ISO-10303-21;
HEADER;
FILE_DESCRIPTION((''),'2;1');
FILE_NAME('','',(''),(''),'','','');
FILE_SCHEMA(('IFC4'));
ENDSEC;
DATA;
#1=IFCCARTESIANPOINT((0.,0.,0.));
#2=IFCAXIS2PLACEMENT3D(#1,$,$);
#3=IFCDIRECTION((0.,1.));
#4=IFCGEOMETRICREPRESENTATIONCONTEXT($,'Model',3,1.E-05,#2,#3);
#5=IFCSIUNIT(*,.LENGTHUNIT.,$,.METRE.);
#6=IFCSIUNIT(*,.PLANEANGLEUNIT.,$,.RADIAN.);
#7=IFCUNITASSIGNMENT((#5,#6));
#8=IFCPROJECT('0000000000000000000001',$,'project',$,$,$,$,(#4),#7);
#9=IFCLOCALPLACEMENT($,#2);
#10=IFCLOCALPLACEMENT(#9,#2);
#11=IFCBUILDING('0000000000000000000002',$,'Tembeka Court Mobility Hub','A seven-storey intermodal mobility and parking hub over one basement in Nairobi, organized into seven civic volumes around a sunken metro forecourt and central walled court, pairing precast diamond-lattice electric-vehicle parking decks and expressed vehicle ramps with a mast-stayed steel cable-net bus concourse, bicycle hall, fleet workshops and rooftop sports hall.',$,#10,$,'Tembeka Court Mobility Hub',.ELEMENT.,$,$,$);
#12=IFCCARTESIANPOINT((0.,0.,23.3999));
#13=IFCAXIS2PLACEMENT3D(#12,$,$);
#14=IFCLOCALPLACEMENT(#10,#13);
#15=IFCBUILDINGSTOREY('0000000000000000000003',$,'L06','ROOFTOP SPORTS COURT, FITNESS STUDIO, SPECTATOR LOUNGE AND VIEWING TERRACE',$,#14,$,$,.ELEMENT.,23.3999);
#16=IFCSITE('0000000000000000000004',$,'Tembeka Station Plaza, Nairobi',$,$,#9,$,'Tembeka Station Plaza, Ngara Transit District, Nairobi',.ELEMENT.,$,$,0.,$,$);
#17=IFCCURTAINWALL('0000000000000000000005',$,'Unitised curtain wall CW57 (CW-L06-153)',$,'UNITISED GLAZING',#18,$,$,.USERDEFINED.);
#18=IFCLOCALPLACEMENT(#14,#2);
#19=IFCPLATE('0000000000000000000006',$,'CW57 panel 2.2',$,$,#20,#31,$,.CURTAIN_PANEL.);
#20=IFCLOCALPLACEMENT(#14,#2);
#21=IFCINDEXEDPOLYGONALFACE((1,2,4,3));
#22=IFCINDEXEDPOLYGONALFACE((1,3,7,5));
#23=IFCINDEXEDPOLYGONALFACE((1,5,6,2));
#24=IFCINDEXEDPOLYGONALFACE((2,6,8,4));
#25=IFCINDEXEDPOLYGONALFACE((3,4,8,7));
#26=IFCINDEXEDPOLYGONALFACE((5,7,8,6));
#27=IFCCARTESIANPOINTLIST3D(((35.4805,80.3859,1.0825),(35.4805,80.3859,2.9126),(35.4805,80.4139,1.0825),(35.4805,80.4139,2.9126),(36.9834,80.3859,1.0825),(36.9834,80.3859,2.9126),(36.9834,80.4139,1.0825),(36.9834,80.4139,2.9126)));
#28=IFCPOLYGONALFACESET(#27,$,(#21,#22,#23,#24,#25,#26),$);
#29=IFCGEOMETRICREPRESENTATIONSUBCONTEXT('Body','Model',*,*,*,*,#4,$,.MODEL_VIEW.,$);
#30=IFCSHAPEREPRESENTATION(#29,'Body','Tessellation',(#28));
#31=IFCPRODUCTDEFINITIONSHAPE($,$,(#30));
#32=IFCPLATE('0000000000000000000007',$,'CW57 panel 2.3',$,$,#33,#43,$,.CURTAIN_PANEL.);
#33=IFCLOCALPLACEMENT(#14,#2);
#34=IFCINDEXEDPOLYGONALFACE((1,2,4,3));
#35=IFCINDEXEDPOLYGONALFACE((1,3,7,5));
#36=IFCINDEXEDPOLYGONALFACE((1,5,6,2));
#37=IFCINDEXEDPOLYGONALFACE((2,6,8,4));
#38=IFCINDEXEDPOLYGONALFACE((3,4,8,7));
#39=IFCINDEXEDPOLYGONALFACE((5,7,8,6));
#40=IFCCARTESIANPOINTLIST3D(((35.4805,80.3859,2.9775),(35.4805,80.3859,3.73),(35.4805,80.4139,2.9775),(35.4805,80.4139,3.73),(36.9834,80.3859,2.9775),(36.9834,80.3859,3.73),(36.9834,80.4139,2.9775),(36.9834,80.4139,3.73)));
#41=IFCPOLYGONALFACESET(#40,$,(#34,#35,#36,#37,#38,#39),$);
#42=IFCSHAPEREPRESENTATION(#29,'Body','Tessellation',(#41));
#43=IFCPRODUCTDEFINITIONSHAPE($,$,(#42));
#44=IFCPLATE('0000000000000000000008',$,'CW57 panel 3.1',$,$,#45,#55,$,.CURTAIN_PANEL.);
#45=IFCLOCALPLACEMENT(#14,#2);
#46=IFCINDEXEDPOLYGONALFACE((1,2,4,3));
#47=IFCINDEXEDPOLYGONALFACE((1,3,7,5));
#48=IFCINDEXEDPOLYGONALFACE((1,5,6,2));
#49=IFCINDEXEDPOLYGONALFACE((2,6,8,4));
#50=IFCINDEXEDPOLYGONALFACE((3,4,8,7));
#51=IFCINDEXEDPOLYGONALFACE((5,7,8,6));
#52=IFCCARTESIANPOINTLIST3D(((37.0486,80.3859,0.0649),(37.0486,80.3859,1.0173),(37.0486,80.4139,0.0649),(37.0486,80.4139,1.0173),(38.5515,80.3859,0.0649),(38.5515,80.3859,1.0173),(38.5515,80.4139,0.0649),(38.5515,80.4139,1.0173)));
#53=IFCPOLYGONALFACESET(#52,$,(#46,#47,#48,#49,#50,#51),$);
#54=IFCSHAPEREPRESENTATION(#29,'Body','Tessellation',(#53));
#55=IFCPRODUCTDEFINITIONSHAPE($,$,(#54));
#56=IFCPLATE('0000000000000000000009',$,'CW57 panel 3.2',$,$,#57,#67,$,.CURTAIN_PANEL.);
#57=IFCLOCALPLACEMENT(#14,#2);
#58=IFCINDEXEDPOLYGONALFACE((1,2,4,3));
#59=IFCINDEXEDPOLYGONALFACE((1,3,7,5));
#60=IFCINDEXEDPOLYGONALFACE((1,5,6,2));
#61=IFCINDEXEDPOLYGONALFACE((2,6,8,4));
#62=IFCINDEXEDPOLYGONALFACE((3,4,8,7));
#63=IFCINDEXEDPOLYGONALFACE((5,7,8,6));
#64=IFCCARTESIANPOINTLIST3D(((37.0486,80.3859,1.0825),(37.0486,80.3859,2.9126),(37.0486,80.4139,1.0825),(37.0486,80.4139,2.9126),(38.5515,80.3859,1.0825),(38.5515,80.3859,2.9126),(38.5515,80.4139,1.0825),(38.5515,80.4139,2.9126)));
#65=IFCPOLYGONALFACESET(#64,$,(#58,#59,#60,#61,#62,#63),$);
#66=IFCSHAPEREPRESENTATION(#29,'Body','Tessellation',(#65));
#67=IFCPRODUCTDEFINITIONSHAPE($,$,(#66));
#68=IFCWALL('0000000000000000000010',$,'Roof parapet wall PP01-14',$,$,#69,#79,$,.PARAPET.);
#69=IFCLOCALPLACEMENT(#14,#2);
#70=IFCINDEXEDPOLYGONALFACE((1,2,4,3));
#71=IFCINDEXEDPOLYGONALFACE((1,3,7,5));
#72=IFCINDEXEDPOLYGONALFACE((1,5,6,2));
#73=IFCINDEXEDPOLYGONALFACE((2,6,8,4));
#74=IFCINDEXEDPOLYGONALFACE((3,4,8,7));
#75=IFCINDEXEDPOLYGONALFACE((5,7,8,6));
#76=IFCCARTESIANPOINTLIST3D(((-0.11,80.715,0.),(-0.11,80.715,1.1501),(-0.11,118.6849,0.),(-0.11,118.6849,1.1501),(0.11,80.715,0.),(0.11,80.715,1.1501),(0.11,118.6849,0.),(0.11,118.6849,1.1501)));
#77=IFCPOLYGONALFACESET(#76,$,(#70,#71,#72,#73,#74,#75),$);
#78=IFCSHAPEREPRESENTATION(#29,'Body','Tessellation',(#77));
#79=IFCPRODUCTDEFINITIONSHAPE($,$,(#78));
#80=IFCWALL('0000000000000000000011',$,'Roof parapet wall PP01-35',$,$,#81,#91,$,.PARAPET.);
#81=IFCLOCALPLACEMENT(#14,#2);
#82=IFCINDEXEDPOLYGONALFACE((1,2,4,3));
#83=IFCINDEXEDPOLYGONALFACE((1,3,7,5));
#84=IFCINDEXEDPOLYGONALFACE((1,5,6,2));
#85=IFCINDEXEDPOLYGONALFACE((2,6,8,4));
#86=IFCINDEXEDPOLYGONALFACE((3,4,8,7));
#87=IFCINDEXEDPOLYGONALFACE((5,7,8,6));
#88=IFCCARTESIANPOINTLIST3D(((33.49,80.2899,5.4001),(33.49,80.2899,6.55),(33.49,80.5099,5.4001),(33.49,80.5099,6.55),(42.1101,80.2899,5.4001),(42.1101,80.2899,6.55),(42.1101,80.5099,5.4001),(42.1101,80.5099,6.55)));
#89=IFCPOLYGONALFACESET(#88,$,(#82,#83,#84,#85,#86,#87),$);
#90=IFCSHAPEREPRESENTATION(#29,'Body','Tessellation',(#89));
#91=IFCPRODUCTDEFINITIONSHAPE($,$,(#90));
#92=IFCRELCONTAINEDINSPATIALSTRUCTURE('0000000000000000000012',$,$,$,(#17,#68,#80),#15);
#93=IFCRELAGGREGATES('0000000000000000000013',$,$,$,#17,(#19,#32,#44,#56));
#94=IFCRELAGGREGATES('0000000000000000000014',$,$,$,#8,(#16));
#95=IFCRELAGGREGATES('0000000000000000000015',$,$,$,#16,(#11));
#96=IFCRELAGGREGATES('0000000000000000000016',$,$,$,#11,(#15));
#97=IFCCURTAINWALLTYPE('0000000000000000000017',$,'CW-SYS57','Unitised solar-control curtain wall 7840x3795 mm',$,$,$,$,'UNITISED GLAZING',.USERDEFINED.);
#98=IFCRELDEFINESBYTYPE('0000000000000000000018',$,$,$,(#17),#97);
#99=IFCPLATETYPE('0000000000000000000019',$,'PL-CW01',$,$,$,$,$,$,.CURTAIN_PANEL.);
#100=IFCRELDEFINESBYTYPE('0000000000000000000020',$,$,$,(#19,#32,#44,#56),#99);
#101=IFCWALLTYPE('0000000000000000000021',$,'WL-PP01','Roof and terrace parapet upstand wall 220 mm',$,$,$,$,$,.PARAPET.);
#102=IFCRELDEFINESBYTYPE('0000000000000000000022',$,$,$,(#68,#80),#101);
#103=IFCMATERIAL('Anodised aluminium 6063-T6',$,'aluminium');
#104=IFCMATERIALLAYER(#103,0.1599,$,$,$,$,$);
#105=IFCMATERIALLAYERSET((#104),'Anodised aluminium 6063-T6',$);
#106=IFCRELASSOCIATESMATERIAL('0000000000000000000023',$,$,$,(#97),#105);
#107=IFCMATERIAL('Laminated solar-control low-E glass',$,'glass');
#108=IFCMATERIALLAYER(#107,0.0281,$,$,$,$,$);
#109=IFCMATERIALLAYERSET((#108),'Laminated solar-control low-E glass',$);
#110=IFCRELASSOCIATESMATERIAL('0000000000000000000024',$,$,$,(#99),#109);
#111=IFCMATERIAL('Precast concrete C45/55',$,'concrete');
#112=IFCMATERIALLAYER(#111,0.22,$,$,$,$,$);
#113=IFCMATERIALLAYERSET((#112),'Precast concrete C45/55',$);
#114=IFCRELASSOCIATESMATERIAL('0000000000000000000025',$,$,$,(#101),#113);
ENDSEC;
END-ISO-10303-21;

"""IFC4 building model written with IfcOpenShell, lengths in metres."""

from ifc_helpers import new_model, si_unit, direction, frame, frame_2d, origin, origin_2d, place, context, subcontext, project, spatial, rectangle, extrude, material, layer, layer_set, type_object, element, aggregate, save


model = new_model("IFC4")

# Units and contexts
model_context = context("Model", 3, precision=1e-05, world=origin(), true_north=direction((0.0, 1.0)))
body_context = subcontext(model_context, "Body", "Model", "MODEL_VIEW")
ifc_project = project(units=[si_unit("LENGTHUNIT", "METRE"), si_unit("PLANEANGLEUNIT", "RADIAN")], contexts=[model_context])

# Site, building, storey
site_placement = place(None, origin())
site = spatial("IfcSite", under=ifc_project, at=site_placement, Name="Tembeka Station Plaza, Nairobi", LongName="Tembeka Station Plaza, Ngara Transit District, Nairobi", CompositionType="ELEMENT", RefElevation=0.0)
building_placement = place(site_placement, origin())
building = spatial("IfcBuilding", under=site, at=building_placement, Name="Tembeka Court Mobility Hub", Description="A seven-storey intermodal mobility and parking hub over one basement in Nairobi, organized into seven civic volumes around a sunken metro forecourt and central walled court, pairing precast diamond-lattice electric-vehicle parking decks and expressed vehicle ramps with a mast-stayed steel cable-net bus concourse, bicycle hall, fleet workshops and rooftop sports hall.", LongName="Tembeka Court Mobility Hub", CompositionType="ELEMENT")
storey_placement = place(building_placement, frame((0.0, 0.0, 23.3999)))
storey = spatial("IfcBuildingStorey", under=building, at=storey_placement, Name="L06", Description="ROOFTOP SPORTS COURT, FITNESS STUDIO, SPECTATOR LOUNGE AND VIEWING TERRACE", CompositionType="ELEMENT", Elevation=23.3999)

# Curtain wall, plates
ifc_material_1 = material(Name="Anodised aluminium 6063-T6", Category="aluminium")
ifc_layer_1 = layer(ifc_material_1, 0.1599)
ifc_layer_set_1 = layer_set([ifc_layer_1], Name="Anodised aluminium 6063-T6")
curtain_wall_type = type_object("IfcCurtainWallType", Name="CW-SYS57", Description="Unitised solar-control curtain wall 7840x3795 mm", ElementType="UNITISED GLAZING", PredefinedType="USERDEFINED", material=ifc_layer_set_1)
curtain_wall_placement = place(storey_placement, origin())
curtain_wall = element("IfcCurtainWall", 1, at=curtain_wall_placement, inside=storey, type_object=curtain_wall_type, Name="Unitised curtain wall CW57 (CW-L06-153)", ObjectType="UNITISED GLAZING", PredefinedType="USERDEFINED")
ifc_material_2 = material(Name="Laminated solar-control low-E glass", Category="glass")
ifc_layer_2 = layer(ifc_material_2, 0.0281)
ifc_layer_set_2 = layer_set([ifc_layer_2], Name="Laminated solar-control low-E glass")
plate_type = type_object("IfcPlateType", Name="PL-CW01", PredefinedType="CURTAIN_PANEL", material=ifc_layer_set_2)
plate_1_placement = place(storey_placement, frame((36.2319, 80.3999, 1.0825), z_axis=(0.0, 0.0, 1.0), x_axis=(1.0, 0.0, 0.0)))
plate_1 = element("IfcPlate", 2, at=plate_1_placement, type_object=plate_type, Name="CW57 panel 2.2", PredefinedType="CURTAIN_PANEL", context=body_context, shape_type="SweptSolid", body=[
    extrude(rectangle(XDim=1.5029, YDim=0.0281, at=origin_2d()), origin(), (0.0, 0.0, 1.0), 1.8301),
])
plate_2_placement = place(storey_placement, frame((36.2319, 80.3999, 2.9775), z_axis=(0.0, 0.0, 1.0), x_axis=(1.0, 0.0, 0.0)))
plate_2 = element("IfcPlate", 3, at=plate_2_placement, type_object=plate_type, Name="CW57 panel 2.3", PredefinedType="CURTAIN_PANEL", context=body_context, shape_type="SweptSolid", body=[
    extrude(rectangle(XDim=1.5029, YDim=0.0281, at=origin_2d()), origin(), (0.0, 0.0, 1.0), 0.7524),
])
plate_3_placement = place(storey_placement, frame((37.8, 80.3999, 0.0649), z_axis=(0.0, 0.0, 1.0), x_axis=(1.0, 0.0, 0.0)))
plate_3 = element("IfcPlate", 4, at=plate_3_placement, type_object=plate_type, Name="CW57 panel 3.1", PredefinedType="CURTAIN_PANEL", context=body_context, shape_type="SweptSolid", body=[
    extrude(rectangle(XDim=1.5029, YDim=0.0281, at=origin_2d()), origin(), (0.0, 0.0, 1.0), 0.9524),
])
plate_4_placement = place(storey_placement, frame((37.8, 80.3999, 1.0825), z_axis=(0.0, 0.0, 1.0), x_axis=(1.0, 0.0, 0.0)))
plate_4 = element("IfcPlate", 5, at=plate_4_placement, type_object=plate_type, Name="CW57 panel 3.2", PredefinedType="CURTAIN_PANEL", context=body_context, shape_type="SweptSolid", body=[
    extrude(rectangle(XDim=1.5029, YDim=0.0281, at=origin_2d()), origin(), (0.0, 0.0, 1.0), 1.8301),
])
aggregate(curtain_wall, [plate_1, plate_2, plate_3, plate_4])

# Walls
ifc_material_3 = material(Name="Precast concrete C45/55", Category="concrete")
ifc_layer_3 = layer(ifc_material_3, 0.22)
ifc_layer_set_3 = layer_set([ifc_layer_3], Name="Precast concrete C45/55")
wall_type = type_object("IfcWallType", Name="WL-PP01", Description="Roof and terrace parapet upstand wall 220 mm", PredefinedType="PARAPET", material=ifc_layer_set_3)
wall_1_placement = place(storey_placement, frame((0.0, 80.7151, 0.0), z_axis=(0.0, 0.0, 1.0), x_axis=(0.0, 1.0, 0.0)))
element("IfcWall", 6, at=wall_1_placement, inside=storey, type_object=wall_type, Name="Roof parapet wall PP01-14", PredefinedType="PARAPET", context=body_context, shape_type="SweptSolid", body=[
    extrude(rectangle(XDim=37.97, YDim=0.22, at=frame_2d((18.9849, 0.0))), origin(), (0.0, 0.0, 1.0), 1.1501),
])
wall_2_placement = place(storey_placement, frame((33.49, 80.3999, 5.4001), z_axis=(0.0, 0.0, 1.0), x_axis=(1.0, 0.0, 0.0)))
element("IfcWall", 7, at=wall_2_placement, inside=storey, type_object=wall_type, Name="Roof parapet wall PP01-35", PredefinedType="PARAPET", context=body_context, shape_type="SweptSolid", body=[
    extrude(rectangle(XDim=8.6201, YDim=0.22, at=frame_2d((4.3101, 0.0))), origin(), (0.0, 0.0, 1.0), 1.1499),
])

save(model, "model.ifc")
